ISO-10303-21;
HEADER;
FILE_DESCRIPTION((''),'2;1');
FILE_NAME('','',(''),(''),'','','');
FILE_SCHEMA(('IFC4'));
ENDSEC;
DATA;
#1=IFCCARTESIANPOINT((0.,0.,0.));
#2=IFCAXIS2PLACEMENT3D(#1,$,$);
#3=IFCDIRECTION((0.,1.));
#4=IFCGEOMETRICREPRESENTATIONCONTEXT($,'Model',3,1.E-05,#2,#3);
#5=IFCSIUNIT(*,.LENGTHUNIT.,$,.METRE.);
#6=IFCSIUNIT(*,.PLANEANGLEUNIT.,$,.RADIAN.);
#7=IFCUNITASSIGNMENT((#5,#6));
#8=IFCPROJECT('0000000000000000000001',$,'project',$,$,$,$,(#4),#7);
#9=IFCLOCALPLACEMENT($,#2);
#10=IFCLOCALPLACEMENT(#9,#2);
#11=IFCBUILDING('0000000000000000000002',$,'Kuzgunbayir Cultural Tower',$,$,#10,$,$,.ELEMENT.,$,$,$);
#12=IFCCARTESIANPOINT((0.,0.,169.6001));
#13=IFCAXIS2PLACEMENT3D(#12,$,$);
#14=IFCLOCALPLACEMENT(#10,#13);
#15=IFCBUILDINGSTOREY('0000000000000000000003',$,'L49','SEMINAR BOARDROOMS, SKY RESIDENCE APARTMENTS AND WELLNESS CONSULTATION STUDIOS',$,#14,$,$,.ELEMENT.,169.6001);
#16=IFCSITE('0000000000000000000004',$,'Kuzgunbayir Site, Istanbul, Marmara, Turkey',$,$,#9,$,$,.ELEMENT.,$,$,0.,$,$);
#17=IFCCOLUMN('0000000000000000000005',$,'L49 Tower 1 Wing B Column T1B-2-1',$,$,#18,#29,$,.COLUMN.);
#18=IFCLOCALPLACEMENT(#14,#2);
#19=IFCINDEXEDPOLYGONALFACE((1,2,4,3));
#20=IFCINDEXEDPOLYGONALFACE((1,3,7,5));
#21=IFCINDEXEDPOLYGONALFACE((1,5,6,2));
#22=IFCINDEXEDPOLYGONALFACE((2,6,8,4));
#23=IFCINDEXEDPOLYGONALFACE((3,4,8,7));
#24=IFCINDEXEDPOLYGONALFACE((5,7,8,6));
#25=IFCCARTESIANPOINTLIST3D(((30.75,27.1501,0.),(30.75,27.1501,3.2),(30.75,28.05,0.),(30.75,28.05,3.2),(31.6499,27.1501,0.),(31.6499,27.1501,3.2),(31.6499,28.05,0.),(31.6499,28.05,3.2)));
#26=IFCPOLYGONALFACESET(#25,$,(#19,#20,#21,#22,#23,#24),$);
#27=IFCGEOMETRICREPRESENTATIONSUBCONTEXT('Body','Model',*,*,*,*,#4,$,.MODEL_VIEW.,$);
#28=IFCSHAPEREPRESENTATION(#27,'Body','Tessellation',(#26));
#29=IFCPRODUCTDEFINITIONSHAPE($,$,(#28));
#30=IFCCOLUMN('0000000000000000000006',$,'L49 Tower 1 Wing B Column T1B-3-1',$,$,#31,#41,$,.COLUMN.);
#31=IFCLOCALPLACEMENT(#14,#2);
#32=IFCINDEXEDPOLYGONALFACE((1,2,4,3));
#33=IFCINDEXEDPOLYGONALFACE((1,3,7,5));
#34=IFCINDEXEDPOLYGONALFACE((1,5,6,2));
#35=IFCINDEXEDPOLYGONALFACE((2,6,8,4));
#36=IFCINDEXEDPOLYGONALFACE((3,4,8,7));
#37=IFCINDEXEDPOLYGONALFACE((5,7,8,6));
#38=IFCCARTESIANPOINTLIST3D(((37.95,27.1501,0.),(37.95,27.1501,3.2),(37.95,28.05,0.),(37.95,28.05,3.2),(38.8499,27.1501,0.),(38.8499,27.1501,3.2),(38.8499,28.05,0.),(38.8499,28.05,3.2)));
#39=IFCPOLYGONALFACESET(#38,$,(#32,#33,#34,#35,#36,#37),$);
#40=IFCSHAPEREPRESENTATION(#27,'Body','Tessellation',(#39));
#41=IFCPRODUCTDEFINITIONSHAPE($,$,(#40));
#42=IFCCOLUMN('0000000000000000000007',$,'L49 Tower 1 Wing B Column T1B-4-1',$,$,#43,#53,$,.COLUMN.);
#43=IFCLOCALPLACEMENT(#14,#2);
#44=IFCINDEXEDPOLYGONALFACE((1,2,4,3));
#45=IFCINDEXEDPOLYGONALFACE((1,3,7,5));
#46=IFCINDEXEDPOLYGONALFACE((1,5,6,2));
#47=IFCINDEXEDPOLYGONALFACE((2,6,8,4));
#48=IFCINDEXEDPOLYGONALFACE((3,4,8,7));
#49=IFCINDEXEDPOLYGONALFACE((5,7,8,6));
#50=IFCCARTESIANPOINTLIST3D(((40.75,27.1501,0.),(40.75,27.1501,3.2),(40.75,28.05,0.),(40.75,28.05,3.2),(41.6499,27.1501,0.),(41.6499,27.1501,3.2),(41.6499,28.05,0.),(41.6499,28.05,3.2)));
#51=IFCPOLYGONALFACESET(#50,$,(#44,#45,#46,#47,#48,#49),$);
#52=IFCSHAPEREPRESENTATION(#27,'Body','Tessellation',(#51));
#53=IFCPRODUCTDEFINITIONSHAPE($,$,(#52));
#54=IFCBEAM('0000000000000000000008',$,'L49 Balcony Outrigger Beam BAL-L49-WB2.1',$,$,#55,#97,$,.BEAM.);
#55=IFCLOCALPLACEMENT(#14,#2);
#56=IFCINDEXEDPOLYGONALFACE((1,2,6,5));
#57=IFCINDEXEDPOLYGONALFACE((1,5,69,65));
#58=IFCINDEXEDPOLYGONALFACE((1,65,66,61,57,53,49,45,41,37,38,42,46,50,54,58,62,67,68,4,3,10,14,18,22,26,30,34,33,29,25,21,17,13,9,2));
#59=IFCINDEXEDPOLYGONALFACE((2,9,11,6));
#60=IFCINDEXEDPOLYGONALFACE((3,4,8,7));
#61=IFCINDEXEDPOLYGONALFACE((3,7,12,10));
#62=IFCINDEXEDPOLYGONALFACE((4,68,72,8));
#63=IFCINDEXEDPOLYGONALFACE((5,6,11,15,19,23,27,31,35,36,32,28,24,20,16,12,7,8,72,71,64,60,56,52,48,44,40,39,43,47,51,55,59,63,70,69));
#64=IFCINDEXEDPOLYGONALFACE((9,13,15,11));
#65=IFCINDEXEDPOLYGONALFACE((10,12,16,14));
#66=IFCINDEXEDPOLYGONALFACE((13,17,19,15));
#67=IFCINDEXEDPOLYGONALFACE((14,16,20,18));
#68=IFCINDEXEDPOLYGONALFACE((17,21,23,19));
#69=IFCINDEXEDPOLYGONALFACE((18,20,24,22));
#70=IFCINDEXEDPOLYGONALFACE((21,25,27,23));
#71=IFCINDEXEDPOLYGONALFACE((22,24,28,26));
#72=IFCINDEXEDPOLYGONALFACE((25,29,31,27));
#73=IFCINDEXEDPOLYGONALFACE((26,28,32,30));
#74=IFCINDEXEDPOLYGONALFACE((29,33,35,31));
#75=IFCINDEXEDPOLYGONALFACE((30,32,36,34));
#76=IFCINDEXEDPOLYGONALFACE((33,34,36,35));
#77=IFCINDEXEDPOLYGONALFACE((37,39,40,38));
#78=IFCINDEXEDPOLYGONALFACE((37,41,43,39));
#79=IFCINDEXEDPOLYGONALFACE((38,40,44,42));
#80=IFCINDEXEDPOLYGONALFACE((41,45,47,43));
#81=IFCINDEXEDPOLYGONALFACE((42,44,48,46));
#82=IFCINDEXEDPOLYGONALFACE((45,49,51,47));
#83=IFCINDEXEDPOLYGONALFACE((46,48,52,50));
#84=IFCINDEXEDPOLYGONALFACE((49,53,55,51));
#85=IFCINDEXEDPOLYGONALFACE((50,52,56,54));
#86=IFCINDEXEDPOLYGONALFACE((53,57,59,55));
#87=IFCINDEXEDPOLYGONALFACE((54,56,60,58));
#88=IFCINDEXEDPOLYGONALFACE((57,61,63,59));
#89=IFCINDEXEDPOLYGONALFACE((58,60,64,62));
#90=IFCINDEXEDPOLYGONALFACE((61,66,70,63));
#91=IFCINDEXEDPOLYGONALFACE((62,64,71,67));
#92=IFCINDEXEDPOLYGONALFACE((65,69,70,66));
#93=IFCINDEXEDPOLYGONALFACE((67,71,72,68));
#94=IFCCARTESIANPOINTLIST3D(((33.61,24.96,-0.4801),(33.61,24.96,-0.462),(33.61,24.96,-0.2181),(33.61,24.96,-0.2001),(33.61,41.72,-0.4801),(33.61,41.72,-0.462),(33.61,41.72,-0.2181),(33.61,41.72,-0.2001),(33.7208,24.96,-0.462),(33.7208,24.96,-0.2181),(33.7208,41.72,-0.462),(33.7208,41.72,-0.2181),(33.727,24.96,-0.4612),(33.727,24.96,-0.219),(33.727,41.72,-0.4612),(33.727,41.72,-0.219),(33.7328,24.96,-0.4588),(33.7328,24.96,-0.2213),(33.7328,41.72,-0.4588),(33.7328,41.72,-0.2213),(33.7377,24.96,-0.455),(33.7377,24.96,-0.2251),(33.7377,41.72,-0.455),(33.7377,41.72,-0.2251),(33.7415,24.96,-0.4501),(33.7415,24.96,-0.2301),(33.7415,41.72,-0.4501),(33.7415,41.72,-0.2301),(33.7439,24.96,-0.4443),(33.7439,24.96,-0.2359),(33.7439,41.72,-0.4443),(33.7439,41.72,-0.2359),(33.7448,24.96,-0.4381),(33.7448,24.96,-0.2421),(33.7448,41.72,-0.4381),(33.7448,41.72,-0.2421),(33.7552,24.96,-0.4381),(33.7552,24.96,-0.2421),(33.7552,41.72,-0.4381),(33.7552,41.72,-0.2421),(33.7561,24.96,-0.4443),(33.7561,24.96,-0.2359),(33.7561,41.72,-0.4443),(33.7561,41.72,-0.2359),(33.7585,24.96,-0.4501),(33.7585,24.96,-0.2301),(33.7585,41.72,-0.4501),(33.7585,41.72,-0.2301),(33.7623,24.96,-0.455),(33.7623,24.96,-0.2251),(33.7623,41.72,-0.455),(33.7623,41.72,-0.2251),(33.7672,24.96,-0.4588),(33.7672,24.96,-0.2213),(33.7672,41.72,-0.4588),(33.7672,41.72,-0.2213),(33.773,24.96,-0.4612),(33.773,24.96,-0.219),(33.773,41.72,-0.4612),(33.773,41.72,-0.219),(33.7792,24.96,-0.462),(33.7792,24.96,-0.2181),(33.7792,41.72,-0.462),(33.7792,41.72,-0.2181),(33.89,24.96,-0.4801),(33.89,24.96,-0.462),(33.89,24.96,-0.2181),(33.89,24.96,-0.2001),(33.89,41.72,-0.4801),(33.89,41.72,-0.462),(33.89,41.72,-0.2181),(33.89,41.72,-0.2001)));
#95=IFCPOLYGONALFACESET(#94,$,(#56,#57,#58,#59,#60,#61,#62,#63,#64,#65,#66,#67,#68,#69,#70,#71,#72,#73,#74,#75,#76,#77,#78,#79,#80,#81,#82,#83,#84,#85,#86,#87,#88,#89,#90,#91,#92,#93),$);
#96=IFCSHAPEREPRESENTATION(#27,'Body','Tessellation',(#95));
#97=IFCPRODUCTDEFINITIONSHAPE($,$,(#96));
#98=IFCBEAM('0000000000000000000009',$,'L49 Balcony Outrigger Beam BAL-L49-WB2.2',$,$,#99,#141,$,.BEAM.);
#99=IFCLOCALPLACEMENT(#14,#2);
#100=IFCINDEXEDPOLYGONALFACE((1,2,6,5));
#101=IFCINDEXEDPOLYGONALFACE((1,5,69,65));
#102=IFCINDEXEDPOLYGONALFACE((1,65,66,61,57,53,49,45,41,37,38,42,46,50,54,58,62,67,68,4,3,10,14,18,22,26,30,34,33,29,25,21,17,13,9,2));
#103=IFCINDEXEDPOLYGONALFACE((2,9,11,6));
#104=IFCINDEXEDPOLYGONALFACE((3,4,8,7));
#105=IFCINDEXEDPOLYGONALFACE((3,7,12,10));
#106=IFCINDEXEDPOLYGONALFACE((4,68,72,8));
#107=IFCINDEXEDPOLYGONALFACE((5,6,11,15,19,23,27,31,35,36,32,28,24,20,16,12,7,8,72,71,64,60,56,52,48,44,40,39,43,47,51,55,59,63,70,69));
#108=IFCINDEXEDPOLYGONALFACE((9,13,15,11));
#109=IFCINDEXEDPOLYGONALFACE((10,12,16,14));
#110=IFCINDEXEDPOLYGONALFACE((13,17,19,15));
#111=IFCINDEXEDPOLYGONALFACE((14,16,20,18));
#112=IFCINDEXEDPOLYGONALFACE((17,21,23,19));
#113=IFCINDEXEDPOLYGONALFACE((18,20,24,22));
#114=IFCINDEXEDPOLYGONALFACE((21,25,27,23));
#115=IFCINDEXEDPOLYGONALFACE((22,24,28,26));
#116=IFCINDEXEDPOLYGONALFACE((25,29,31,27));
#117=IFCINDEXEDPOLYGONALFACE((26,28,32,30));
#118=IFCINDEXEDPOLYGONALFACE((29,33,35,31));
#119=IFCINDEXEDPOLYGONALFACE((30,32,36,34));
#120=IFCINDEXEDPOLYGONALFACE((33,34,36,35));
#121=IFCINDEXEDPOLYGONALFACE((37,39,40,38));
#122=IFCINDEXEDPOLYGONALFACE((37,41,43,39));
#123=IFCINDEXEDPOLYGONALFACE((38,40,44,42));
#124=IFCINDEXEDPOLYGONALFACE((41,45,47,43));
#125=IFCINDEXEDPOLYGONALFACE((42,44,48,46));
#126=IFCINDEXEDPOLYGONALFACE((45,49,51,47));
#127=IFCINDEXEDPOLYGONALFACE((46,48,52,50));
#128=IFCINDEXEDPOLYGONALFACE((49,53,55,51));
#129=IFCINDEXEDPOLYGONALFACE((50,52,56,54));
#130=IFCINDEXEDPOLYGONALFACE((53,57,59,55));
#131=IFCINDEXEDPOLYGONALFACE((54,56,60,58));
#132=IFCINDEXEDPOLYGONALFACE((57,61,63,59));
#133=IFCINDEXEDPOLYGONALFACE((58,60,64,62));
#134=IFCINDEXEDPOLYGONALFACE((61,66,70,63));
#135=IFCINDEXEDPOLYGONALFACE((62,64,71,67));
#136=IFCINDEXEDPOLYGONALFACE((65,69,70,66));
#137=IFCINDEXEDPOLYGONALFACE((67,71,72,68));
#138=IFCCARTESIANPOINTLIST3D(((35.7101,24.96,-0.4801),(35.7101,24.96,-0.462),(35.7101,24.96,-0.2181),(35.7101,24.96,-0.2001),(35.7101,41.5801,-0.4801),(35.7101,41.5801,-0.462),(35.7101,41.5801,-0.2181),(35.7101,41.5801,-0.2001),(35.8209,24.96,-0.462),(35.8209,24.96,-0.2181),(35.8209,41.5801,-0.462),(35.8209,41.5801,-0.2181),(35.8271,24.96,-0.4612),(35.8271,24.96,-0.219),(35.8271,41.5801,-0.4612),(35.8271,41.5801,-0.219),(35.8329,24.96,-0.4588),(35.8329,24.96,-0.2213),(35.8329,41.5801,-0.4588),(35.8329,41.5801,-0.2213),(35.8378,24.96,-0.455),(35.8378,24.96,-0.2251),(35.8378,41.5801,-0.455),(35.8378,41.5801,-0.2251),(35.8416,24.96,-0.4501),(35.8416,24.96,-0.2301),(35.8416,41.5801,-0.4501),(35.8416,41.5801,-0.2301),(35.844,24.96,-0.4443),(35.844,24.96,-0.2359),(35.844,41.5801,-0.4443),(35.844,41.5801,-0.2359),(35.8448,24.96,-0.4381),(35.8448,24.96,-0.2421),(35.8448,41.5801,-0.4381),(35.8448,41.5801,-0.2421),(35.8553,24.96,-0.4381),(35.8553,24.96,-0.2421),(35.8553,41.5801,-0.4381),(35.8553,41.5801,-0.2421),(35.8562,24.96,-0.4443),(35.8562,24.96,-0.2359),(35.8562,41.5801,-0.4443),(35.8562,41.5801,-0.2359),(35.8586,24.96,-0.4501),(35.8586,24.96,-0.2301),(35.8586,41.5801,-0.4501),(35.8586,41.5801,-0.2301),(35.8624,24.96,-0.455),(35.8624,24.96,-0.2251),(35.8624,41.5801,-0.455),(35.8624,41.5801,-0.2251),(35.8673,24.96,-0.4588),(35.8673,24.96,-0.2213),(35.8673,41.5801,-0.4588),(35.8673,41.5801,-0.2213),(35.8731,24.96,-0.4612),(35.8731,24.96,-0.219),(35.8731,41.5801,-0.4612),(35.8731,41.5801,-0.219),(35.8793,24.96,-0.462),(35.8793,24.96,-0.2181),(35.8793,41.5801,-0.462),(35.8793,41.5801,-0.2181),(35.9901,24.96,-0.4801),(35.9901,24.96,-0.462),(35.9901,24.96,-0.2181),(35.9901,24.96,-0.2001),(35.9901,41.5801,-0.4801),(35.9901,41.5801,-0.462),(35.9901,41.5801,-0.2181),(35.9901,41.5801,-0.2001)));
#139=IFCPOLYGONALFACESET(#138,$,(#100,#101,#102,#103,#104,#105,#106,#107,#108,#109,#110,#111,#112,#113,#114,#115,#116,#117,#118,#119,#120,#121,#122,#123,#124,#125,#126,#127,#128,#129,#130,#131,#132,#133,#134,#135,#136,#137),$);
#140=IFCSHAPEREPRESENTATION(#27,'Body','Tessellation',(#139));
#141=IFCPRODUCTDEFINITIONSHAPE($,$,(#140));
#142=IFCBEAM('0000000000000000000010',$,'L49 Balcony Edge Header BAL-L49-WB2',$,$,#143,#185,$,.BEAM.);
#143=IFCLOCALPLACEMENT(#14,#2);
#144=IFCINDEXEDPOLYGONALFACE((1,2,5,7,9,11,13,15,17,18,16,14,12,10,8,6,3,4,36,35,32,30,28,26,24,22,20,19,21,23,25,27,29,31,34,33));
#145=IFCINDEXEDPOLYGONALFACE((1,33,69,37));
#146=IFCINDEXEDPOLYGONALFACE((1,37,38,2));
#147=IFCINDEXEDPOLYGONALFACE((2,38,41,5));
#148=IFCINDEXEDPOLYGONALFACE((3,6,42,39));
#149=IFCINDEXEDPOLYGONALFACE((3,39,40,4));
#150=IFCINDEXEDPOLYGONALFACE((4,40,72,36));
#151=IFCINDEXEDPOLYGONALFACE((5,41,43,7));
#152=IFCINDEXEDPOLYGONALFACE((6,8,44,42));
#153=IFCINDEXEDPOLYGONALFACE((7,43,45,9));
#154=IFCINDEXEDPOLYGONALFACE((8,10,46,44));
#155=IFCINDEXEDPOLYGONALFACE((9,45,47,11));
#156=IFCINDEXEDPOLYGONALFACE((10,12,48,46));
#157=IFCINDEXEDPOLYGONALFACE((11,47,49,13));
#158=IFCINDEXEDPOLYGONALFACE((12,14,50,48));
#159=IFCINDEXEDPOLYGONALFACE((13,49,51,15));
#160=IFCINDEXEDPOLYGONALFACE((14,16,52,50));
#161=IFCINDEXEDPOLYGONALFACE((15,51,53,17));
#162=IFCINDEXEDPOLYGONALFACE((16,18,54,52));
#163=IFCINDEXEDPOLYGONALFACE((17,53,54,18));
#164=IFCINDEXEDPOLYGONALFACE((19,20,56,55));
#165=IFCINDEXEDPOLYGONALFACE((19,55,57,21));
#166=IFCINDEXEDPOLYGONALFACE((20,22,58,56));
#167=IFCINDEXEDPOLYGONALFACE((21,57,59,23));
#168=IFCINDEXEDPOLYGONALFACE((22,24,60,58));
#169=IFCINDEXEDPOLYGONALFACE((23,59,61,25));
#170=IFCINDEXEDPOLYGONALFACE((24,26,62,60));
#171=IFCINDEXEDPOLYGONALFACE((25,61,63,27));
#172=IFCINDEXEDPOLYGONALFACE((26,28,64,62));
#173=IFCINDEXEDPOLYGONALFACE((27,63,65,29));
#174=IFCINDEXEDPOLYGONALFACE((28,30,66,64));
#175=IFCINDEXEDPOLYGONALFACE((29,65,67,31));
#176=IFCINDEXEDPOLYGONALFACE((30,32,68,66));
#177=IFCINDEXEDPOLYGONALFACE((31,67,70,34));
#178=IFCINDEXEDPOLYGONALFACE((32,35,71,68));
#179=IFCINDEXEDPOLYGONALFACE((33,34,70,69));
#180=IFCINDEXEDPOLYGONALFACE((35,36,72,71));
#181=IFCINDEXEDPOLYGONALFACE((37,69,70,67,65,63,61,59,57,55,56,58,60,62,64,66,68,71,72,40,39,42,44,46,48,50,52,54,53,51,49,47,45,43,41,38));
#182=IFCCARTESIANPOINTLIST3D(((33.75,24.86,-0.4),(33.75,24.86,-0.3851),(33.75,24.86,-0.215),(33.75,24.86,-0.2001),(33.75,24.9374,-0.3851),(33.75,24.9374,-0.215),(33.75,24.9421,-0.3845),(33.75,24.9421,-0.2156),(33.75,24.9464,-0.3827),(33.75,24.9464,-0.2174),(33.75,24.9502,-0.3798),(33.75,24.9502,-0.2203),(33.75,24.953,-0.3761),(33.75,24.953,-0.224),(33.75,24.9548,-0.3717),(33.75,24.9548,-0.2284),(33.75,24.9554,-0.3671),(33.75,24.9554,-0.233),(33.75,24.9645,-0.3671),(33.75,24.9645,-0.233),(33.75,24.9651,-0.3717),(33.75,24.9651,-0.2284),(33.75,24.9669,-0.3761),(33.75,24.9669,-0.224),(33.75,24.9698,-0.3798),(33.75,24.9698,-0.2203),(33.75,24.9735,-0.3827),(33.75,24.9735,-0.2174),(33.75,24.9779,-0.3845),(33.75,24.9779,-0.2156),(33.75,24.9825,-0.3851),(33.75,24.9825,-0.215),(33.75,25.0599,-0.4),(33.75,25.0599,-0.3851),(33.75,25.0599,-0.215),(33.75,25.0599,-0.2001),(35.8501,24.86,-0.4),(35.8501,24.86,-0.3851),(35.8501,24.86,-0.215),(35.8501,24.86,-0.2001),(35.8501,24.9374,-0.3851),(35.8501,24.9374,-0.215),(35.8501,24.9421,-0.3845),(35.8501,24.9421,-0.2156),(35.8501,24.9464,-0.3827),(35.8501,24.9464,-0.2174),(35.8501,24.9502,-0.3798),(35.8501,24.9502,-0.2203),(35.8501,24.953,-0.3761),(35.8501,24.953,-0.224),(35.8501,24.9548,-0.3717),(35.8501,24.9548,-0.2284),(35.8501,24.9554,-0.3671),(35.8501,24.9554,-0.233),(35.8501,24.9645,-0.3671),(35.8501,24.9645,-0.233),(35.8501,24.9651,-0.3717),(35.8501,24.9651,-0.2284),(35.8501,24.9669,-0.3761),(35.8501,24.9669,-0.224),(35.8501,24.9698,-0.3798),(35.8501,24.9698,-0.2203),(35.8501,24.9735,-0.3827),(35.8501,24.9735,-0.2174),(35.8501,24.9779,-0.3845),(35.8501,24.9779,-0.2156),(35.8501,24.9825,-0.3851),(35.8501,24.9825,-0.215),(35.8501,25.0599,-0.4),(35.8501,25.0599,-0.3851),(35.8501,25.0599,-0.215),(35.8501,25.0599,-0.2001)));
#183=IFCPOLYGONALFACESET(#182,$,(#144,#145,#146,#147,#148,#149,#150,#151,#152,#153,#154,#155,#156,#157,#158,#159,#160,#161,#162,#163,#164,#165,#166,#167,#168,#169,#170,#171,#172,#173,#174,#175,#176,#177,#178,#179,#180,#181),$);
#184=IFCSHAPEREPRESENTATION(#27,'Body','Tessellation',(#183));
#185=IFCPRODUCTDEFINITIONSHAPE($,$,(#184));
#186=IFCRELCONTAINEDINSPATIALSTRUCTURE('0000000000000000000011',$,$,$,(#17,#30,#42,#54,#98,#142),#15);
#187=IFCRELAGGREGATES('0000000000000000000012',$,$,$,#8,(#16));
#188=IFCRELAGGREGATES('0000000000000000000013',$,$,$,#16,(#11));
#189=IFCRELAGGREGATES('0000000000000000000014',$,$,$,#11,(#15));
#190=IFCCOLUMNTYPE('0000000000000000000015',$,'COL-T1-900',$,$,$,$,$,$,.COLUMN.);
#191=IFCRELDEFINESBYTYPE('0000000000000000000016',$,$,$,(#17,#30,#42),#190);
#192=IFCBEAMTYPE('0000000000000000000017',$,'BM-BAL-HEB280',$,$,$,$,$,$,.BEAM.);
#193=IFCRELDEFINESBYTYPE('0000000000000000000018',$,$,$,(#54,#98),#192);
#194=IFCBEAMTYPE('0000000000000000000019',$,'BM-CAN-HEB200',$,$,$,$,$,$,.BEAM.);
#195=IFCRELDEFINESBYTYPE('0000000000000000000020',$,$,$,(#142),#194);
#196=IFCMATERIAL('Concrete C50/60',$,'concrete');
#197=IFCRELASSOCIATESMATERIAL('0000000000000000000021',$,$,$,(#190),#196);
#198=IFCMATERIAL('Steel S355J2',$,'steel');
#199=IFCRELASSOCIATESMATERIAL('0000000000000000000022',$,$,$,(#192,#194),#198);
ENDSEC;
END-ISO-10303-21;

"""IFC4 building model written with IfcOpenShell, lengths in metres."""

from ifc_helpers import new_model, si_unit, direction, frame, origin, origin_2d, place, context, subcontext, project, spatial, rectangle, i_section, extrude, material, material_profile, profile_set, type_object, element, save


model = new_model("IFC4")

# Units and contexts
model_context = context("Model", 3, precision=1e-05, world=origin(), true_north=direction((0.0, 1.0)))
body_context = subcontext(model_context, "Body", "Model", "MODEL_VIEW")
ifc_project = project(units=[si_unit("LENGTHUNIT", "METRE"), si_unit("PLANEANGLEUNIT", "RADIAN")], contexts=[model_context])

# Site, building, storey
site_placement = place(None, origin())
site = spatial("IfcSite", under=ifc_project, at=site_placement, Name="Kuzgunbayir Site, Istanbul, Marmara, Turkey", CompositionType="ELEMENT", RefElevation=0.0)
building_placement = place(site_placement, origin())
building = spatial("IfcBuilding", under=site, at=building_placement, Name="Kuzgunbayir Cultural Tower", CompositionType="ELEMENT")
storey_placement = place(building_placement, frame((0.0, 0.0, 169.6001)))
storey = spatial("IfcBuildingStorey", under=building, at=storey_placement, Name="L49", Description="SEMINAR BOARDROOMS, SKY RESIDENCE APARTMENTS AND WELLNESS CONSULTATION STUDIOS", CompositionType="ELEMENT", Elevation=169.6001)

# Columns
ifc_material_1 = material(Name="Concrete C50/60", Category="concrete")
ifc_material_profile_1 = material_profile(ifc_material_1, rectangle(XDim=0.8999, YDim=0.8999, at=origin_2d()), Name="RC 900x900")
ifc_profile_set_1 = profile_set([ifc_material_profile_1], Name="Concrete C50/60")
column_type = type_object("IfcColumnType", Name="COL-T1-900", PredefinedType="COLUMN", material=ifc_profile_set_1)
for number, where, z_axis, x_axis, name in (
    (1, (31.2, 27.6001, 0.0), (0.0, 0.0, 1.0), (1.0, 0.0, 0.0), "L49 Tower 1 Wing B Column T1B-2-1"),
    (2, (38.3999, 27.6001, 0.0), (0.0, 0.0, 1.0), (1.0, 0.0, 0.0), "L49 Tower 1 Wing B Column T1B-3-1"),
    (3, (41.2, 27.6001, 0.0), (0.0, 0.0, 1.0), (1.0, 0.0, 0.0), "L49 Tower 1 Wing B Column T1B-4-1"),
):
    element("IfcColumn", number, at=place(storey_placement, frame(where, z_axis=z_axis, x_axis=x_axis)), inside=storey, type_object=column_type, Name=name, PredefinedType="COLUMN", context=body_context, shape_type="SweptSolid", body=[
        extrude(rectangle(XDim=0.8999, YDim=0.8999, at=origin_2d()), origin(), (0.0, 0.0, 1.0), 3.2),
    ])

# Beams
ifc_material_2 = material(Name="Steel S355J2", Category="steel")
ifc_material_profile_2 = material_profile(ifc_material_2, i_section(OverallWidth=0.28, OverallDepth=0.28, WebThickness=0.0105, FlangeThickness=0.0181, FilletRadius=0.0239, at=origin_2d()), Name="HEB 280")
ifc_profile_set_2 = profile_set([ifc_material_profile_2], Name="Steel S355J2")
beam_type_1 = type_object("IfcBeamType", Name="BM-BAL-HEB280", PredefinedType="BEAM", material=ifc_profile_set_2)
beam_1_placement = place(storey_placement, frame((33.75, 24.96, -0.3401), z_axis=(0.0, 1.0, 0.0), x_axis=(-1.0, 0.0, 0.0)))
element("IfcBeam", 4, at=beam_1_placement, inside=storey, type_object=beam_type_1, Name="L49 Balcony Outrigger Beam BAL-L49-WB2.1", PredefinedType="BEAM", context=body_context, shape_type="SweptSolid", body=[
    extrude(i_section(OverallWidth=0.28, OverallDepth=0.28, WebThickness=0.0105, FlangeThickness=0.0181, FilletRadius=0.0239, at=origin_2d()), origin(), (0.0, 0.0, 1.0), 16.76),
])
beam_2_placement = place(storey_placement, frame((35.8501, 24.96, -0.3401), z_axis=(0.0, 1.0, 0.0), x_axis=(-1.0, 0.0, 0.0)))
element("IfcBeam", 5, at=beam_2_placement, inside=storey, type_object=beam_type_1, Name="L49 Balcony Outrigger Beam BAL-L49-WB2.2", PredefinedType="BEAM", context=body_context, shape_type="SweptSolid", body=[
    extrude(i_section(OverallWidth=0.28, OverallDepth=0.28, WebThickness=0.0105, FlangeThickness=0.0181, FilletRadius=0.0239, at=origin_2d()), origin(), (0.0, 0.0, 1.0), 16.6201),
])
ifc_material_profile_3 = material_profile(ifc_material_2, i_section(OverallWidth=0.2, OverallDepth=0.2, WebThickness=0.009, FlangeThickness=0.0149, FilletRadius=0.0181, at=origin_2d()), Name="HEB 200")
ifc_profile_set_3 = profile_set([ifc_material_profile_3], Name="Steel S355J2")
beam_type_2 = type_object("IfcBeamType", Name="BM-CAN-HEB200", PredefinedType="BEAM", material=ifc_profile_set_3)
beam_3_placement = place(storey_placement, frame((33.75, 24.96, -0.3), z_axis=(1.0, 0.0, 0.0), x_axis=(0.0, 1.0, 0.0)))
element("IfcBeam", 6, at=beam_3_placement, inside=storey, type_object=beam_type_2, Name="L49 Balcony Edge Header BAL-L49-WB2", PredefinedType="BEAM", context=body_context, shape_type="SweptSolid", body=[
    extrude(i_section(OverallWidth=0.2, OverallDepth=0.2, WebThickness=0.009, FlangeThickness=0.0149, FilletRadius=0.0181, at=origin_2d()), origin(), (0.0, 0.0, 1.0), 2.1001),
])

save(model, "model.ifc")
